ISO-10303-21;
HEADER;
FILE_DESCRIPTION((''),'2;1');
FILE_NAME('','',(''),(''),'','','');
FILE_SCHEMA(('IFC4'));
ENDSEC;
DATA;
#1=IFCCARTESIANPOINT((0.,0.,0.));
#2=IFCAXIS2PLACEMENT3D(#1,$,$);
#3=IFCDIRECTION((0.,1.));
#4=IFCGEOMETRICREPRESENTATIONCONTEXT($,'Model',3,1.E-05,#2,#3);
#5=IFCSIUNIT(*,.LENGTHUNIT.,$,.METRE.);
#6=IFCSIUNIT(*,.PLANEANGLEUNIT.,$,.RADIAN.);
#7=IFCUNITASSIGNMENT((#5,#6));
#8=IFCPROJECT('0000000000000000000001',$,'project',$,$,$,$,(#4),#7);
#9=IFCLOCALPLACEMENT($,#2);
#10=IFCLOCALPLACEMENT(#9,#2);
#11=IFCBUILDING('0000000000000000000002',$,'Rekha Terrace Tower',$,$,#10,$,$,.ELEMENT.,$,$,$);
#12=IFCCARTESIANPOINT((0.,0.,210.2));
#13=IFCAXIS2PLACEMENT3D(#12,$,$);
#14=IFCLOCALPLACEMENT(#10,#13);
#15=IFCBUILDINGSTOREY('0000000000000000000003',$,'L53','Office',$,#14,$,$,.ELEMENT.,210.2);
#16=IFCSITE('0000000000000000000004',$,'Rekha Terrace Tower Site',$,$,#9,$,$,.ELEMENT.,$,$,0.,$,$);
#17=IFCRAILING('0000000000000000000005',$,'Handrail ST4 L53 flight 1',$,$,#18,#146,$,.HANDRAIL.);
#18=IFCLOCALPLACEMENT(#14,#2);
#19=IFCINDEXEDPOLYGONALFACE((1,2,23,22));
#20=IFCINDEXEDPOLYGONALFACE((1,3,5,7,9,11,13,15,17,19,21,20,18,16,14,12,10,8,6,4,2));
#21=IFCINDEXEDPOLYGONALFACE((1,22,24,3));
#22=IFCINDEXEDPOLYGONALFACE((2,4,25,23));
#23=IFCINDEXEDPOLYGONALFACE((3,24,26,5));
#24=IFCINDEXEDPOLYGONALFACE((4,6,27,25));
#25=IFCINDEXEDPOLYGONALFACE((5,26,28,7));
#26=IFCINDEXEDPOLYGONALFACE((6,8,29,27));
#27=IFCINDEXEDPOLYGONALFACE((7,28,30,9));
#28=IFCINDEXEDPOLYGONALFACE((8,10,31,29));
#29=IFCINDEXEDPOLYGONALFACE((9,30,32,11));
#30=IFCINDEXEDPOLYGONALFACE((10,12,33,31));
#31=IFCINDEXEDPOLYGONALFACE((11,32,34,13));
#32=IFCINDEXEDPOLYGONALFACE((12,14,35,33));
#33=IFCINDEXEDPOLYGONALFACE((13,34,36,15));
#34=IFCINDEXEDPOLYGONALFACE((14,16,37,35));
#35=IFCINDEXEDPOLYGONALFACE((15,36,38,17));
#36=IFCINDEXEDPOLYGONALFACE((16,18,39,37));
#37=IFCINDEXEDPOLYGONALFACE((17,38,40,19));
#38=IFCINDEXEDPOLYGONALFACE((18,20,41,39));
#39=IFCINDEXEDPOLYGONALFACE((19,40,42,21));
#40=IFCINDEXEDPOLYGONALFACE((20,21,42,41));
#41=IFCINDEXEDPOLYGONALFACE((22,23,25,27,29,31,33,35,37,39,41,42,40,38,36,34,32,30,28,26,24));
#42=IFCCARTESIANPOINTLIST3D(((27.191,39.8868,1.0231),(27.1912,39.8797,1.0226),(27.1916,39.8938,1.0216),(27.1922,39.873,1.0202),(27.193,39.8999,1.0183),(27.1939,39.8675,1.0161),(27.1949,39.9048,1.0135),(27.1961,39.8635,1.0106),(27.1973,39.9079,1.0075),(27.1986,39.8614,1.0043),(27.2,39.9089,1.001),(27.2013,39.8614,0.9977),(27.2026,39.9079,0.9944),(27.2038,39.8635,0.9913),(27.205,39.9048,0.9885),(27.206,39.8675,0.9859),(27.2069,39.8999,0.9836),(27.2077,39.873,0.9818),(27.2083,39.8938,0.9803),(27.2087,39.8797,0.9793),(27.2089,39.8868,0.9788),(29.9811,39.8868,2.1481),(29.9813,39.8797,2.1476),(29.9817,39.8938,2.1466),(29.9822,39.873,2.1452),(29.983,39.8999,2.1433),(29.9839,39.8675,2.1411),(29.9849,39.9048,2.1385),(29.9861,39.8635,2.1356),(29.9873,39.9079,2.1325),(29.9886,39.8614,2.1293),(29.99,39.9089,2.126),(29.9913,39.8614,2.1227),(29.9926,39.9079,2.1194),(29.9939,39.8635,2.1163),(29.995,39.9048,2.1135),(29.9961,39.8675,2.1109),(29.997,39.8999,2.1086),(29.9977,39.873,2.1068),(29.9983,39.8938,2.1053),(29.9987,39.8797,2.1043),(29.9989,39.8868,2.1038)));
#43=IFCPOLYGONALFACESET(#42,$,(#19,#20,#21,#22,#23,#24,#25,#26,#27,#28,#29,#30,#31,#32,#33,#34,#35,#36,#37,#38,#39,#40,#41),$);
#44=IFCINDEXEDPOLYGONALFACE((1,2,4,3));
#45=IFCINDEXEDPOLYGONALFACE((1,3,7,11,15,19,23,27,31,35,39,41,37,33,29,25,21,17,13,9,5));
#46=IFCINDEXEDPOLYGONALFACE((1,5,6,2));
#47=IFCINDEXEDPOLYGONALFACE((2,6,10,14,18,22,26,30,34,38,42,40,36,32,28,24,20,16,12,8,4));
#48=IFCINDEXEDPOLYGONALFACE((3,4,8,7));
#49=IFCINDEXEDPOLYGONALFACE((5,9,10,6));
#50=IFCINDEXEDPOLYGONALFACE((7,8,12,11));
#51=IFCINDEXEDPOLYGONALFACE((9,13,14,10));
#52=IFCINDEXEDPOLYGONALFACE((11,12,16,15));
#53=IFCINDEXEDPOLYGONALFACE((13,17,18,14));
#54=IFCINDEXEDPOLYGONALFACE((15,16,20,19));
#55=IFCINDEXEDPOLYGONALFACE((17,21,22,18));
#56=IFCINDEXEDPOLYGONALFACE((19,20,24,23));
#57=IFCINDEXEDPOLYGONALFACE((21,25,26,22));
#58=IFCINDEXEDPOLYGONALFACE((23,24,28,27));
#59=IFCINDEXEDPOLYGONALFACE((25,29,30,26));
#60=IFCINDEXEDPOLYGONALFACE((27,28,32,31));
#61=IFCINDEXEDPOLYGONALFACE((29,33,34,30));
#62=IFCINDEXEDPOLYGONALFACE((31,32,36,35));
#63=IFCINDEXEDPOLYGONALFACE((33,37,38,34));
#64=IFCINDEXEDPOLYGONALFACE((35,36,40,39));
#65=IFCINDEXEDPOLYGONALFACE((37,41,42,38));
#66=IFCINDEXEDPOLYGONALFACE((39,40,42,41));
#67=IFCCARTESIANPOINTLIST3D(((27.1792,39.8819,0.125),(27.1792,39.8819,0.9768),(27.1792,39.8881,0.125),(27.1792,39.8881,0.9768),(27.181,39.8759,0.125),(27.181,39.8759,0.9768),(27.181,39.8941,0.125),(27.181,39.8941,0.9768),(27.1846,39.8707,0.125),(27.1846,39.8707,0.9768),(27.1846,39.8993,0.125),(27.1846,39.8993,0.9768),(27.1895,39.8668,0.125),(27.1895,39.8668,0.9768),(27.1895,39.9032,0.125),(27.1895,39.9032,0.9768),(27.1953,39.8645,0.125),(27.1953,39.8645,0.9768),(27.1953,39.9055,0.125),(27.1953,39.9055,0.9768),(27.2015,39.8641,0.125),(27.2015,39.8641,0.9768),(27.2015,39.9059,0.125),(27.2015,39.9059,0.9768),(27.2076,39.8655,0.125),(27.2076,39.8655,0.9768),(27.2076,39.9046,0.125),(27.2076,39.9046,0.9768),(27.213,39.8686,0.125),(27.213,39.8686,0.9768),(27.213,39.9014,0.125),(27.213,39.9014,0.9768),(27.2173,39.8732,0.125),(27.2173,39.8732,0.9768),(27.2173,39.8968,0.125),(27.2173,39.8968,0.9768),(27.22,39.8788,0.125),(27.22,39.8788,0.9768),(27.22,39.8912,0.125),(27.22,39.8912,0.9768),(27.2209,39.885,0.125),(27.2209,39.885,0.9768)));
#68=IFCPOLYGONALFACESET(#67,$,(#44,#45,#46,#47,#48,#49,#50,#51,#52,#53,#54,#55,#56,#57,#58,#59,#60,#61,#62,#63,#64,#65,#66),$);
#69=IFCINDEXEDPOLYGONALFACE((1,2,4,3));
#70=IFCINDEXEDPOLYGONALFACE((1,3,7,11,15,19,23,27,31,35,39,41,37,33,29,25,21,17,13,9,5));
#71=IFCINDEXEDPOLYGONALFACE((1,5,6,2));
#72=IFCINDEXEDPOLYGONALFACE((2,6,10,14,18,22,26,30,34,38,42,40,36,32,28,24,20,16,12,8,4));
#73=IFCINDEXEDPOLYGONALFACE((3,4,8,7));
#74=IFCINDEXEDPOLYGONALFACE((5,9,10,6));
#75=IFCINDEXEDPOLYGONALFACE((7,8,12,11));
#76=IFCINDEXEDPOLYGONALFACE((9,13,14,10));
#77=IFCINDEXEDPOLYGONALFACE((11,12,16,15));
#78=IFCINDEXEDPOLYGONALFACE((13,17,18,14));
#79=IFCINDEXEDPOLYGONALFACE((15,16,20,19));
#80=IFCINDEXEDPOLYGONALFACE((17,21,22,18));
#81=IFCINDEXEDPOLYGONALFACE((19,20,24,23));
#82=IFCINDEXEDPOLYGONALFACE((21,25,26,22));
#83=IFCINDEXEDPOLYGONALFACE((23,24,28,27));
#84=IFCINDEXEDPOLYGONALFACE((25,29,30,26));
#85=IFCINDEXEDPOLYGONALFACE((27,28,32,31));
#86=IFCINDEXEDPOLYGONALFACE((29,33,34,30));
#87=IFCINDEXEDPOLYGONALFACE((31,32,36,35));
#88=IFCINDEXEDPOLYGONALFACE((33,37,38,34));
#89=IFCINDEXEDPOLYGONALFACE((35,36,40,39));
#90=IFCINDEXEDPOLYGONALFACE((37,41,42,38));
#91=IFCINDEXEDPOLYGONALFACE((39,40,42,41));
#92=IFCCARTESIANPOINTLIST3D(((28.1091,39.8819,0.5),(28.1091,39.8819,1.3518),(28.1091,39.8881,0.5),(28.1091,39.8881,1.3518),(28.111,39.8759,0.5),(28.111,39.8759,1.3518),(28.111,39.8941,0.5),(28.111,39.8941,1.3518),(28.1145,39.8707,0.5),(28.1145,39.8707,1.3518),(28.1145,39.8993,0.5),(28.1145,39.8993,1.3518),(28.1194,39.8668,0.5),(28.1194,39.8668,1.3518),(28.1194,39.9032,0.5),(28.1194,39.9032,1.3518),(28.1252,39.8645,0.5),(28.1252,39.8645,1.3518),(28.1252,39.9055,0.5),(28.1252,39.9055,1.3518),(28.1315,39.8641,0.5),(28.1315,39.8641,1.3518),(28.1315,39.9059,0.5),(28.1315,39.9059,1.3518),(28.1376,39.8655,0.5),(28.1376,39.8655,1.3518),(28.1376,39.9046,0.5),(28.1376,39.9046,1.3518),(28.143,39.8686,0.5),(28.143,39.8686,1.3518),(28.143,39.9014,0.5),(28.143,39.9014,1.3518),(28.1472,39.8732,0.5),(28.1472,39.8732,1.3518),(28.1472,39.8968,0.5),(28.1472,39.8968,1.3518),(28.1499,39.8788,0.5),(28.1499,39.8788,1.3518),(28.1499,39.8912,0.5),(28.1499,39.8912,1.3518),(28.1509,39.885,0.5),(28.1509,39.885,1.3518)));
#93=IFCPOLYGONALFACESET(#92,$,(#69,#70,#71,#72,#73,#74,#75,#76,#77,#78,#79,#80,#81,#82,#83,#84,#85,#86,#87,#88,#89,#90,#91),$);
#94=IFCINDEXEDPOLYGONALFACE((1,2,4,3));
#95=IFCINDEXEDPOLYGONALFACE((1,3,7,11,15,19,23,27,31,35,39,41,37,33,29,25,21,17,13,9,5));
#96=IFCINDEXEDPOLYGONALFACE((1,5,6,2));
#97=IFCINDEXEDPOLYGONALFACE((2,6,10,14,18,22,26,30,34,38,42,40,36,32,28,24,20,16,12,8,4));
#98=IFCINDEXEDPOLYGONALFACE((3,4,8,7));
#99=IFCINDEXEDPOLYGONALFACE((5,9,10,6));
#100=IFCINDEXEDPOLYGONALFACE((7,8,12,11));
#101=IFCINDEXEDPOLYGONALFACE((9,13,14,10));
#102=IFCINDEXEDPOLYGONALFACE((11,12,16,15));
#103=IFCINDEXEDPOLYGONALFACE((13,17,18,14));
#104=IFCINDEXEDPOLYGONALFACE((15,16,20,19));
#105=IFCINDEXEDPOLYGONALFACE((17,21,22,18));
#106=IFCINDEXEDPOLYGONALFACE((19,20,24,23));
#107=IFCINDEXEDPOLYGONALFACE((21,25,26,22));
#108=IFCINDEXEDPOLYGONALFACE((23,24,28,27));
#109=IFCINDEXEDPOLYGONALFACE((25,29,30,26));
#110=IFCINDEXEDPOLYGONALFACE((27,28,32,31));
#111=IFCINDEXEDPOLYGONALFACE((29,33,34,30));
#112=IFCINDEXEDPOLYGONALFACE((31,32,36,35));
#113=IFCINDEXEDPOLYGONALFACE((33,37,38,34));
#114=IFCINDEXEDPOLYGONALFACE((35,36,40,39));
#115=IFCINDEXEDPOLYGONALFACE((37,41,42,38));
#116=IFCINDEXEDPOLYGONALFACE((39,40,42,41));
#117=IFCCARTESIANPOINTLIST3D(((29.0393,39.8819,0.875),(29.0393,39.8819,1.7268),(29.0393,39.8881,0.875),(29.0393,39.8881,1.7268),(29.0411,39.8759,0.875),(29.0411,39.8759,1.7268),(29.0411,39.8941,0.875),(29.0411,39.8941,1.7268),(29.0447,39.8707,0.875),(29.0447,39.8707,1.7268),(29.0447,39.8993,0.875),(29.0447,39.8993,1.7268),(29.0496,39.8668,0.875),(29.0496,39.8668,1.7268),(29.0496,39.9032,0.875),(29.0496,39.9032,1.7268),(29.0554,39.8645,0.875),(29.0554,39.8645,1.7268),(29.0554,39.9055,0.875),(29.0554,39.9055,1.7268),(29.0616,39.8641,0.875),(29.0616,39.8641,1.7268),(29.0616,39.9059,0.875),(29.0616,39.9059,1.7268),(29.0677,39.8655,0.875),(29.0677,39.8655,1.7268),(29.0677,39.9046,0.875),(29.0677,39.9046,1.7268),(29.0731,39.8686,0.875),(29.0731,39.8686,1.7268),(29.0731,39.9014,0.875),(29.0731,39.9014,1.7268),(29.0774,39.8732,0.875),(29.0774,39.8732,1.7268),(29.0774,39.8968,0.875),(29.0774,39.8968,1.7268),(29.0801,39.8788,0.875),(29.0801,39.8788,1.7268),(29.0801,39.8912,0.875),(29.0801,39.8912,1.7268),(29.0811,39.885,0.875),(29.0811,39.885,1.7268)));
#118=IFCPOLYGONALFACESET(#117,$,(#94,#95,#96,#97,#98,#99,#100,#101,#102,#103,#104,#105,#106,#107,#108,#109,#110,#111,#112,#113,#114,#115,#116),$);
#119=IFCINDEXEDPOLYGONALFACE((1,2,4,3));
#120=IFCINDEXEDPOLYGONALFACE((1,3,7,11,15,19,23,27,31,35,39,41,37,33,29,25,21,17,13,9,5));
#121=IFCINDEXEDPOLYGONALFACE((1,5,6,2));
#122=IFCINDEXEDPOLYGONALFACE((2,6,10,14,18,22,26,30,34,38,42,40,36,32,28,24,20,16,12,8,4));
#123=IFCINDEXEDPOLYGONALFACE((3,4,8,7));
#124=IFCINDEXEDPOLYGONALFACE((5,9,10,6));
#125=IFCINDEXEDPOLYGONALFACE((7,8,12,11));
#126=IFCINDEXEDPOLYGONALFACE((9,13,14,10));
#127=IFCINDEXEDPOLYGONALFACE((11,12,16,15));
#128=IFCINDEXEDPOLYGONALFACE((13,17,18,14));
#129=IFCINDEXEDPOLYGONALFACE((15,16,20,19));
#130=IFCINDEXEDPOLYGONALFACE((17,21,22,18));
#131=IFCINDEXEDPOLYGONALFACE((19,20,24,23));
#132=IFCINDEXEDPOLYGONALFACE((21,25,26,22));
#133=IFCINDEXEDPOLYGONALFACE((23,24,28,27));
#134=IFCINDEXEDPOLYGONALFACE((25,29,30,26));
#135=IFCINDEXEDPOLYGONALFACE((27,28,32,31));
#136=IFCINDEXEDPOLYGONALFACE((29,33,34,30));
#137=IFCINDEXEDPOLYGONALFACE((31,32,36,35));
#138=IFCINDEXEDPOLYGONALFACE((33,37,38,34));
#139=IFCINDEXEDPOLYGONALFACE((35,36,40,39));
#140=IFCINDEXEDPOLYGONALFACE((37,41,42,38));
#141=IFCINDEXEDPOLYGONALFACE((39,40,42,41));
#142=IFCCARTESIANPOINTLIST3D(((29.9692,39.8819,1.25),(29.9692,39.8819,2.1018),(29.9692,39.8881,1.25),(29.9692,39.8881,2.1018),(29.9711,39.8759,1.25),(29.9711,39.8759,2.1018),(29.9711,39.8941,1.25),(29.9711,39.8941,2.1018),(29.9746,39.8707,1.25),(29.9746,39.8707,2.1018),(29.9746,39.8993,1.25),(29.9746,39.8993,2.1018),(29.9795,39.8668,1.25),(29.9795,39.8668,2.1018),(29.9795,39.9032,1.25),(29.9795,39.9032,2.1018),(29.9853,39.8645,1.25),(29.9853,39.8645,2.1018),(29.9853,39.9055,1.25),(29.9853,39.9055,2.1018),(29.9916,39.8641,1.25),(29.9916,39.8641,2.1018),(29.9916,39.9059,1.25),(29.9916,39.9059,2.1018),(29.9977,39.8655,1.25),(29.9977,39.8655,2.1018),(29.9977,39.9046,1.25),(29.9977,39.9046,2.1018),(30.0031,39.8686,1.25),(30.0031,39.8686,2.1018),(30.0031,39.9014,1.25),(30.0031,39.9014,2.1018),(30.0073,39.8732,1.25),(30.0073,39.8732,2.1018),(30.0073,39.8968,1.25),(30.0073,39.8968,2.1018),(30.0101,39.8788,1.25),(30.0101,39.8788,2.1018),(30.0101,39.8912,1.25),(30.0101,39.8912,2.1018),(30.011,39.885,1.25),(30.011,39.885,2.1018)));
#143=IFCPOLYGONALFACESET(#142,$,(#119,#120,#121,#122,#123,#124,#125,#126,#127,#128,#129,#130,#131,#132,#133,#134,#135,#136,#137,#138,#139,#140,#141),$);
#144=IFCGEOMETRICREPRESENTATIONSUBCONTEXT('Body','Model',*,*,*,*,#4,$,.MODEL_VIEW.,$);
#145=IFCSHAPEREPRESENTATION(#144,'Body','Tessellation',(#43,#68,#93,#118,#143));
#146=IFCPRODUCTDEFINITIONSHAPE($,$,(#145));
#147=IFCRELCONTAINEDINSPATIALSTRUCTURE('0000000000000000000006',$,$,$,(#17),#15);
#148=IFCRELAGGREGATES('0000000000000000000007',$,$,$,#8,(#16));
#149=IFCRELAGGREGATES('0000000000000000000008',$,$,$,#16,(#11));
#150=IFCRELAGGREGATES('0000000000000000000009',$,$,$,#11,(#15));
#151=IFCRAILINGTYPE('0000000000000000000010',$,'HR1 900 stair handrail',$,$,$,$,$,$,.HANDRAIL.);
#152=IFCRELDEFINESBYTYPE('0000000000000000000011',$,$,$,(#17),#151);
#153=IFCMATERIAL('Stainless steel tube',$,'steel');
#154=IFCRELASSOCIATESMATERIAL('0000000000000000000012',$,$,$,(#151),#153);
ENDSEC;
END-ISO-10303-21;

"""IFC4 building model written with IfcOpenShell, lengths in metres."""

from ifc_helpers import new_model, si_unit, direction, frame, origin, origin_2d, place, context, subcontext, project, spatial, circle, extrude, material, type_object, element, save


model = new_model("IFC4")

# Units and contexts
model_context = context("Model", 3, precision=1e-05, world=origin(), true_north=direction((0.0, 1.0)))
body_context = subcontext(model_context, "Body", "Model", "MODEL_VIEW")
ifc_project = project(units=[si_unit("LENGTHUNIT", "METRE"), si_unit("PLANEANGLEUNIT", "RADIAN")], contexts=[model_context])

# Site, building, storey
site_placement = place(None, origin())
site = spatial("IfcSite", under=ifc_project, at=site_placement, Name="Rekha Terrace Tower Site", CompositionType="ELEMENT", RefElevation=0.0)
building_placement = place(site_placement, origin())
building = spatial("IfcBuilding", under=site, at=building_placement, Name="Rekha Terrace Tower", CompositionType="ELEMENT")
storey_placement = place(building_placement, frame((0.0, 0.0, 210.2)))
storey = spatial("IfcBuildingStorey", under=building, at=storey_placement, Name="L53", Description="Office", CompositionType="ELEMENT", Elevation=210.2)

# Railing
ifc_material_1 = material(Name="Stainless steel tube", Category="steel")
railing_type_1 = type_object("IfcRailingType", Name="HR1 900 stair handrail", PredefinedType="HANDRAIL", material=ifc_material_1)
railing_1_placement = place(storey_placement, frame((27.2, 39.885, 0.125)))
element("IfcRailing", 1, at=railing_1_placement, inside=storey, type_object=railing_type_1, Name="Handrail ST4 L53 flight 1", PredefinedType="HANDRAIL", context=body_context, shape_type="SweptSolid", body=[
    extrude(circle(Radius=0.0239, at=origin_2d()), frame((0.0, 0.0, 0.876), z_axis=(0.927443, 0.0, 0.373964), x_axis=(0.0, 1.0, 0.0)), (0.0, 0.0, 1.0), 3.0083),
    extrude(circle(Radius=0.021, at=origin_2d()), origin(), (0.0, 0.0, 1.0), 0.8518),
    extrude(circle(Radius=0.021, at=origin_2d()), frame((0.9299, 0.0, 0.375)), (0.0, 0.0, 1.0), 0.8518),
    extrude(circle(Radius=0.021, at=origin_2d()), frame((1.8601, 0.0, 0.75)), (0.0, 0.0, 1.0), 0.8518),
    extrude(circle(Radius=0.021, at=origin_2d()), frame((2.79, 0.0, 1.125)), (0.0, 0.0, 1.0), 0.8518),
])

save(model, "model.ifc")
